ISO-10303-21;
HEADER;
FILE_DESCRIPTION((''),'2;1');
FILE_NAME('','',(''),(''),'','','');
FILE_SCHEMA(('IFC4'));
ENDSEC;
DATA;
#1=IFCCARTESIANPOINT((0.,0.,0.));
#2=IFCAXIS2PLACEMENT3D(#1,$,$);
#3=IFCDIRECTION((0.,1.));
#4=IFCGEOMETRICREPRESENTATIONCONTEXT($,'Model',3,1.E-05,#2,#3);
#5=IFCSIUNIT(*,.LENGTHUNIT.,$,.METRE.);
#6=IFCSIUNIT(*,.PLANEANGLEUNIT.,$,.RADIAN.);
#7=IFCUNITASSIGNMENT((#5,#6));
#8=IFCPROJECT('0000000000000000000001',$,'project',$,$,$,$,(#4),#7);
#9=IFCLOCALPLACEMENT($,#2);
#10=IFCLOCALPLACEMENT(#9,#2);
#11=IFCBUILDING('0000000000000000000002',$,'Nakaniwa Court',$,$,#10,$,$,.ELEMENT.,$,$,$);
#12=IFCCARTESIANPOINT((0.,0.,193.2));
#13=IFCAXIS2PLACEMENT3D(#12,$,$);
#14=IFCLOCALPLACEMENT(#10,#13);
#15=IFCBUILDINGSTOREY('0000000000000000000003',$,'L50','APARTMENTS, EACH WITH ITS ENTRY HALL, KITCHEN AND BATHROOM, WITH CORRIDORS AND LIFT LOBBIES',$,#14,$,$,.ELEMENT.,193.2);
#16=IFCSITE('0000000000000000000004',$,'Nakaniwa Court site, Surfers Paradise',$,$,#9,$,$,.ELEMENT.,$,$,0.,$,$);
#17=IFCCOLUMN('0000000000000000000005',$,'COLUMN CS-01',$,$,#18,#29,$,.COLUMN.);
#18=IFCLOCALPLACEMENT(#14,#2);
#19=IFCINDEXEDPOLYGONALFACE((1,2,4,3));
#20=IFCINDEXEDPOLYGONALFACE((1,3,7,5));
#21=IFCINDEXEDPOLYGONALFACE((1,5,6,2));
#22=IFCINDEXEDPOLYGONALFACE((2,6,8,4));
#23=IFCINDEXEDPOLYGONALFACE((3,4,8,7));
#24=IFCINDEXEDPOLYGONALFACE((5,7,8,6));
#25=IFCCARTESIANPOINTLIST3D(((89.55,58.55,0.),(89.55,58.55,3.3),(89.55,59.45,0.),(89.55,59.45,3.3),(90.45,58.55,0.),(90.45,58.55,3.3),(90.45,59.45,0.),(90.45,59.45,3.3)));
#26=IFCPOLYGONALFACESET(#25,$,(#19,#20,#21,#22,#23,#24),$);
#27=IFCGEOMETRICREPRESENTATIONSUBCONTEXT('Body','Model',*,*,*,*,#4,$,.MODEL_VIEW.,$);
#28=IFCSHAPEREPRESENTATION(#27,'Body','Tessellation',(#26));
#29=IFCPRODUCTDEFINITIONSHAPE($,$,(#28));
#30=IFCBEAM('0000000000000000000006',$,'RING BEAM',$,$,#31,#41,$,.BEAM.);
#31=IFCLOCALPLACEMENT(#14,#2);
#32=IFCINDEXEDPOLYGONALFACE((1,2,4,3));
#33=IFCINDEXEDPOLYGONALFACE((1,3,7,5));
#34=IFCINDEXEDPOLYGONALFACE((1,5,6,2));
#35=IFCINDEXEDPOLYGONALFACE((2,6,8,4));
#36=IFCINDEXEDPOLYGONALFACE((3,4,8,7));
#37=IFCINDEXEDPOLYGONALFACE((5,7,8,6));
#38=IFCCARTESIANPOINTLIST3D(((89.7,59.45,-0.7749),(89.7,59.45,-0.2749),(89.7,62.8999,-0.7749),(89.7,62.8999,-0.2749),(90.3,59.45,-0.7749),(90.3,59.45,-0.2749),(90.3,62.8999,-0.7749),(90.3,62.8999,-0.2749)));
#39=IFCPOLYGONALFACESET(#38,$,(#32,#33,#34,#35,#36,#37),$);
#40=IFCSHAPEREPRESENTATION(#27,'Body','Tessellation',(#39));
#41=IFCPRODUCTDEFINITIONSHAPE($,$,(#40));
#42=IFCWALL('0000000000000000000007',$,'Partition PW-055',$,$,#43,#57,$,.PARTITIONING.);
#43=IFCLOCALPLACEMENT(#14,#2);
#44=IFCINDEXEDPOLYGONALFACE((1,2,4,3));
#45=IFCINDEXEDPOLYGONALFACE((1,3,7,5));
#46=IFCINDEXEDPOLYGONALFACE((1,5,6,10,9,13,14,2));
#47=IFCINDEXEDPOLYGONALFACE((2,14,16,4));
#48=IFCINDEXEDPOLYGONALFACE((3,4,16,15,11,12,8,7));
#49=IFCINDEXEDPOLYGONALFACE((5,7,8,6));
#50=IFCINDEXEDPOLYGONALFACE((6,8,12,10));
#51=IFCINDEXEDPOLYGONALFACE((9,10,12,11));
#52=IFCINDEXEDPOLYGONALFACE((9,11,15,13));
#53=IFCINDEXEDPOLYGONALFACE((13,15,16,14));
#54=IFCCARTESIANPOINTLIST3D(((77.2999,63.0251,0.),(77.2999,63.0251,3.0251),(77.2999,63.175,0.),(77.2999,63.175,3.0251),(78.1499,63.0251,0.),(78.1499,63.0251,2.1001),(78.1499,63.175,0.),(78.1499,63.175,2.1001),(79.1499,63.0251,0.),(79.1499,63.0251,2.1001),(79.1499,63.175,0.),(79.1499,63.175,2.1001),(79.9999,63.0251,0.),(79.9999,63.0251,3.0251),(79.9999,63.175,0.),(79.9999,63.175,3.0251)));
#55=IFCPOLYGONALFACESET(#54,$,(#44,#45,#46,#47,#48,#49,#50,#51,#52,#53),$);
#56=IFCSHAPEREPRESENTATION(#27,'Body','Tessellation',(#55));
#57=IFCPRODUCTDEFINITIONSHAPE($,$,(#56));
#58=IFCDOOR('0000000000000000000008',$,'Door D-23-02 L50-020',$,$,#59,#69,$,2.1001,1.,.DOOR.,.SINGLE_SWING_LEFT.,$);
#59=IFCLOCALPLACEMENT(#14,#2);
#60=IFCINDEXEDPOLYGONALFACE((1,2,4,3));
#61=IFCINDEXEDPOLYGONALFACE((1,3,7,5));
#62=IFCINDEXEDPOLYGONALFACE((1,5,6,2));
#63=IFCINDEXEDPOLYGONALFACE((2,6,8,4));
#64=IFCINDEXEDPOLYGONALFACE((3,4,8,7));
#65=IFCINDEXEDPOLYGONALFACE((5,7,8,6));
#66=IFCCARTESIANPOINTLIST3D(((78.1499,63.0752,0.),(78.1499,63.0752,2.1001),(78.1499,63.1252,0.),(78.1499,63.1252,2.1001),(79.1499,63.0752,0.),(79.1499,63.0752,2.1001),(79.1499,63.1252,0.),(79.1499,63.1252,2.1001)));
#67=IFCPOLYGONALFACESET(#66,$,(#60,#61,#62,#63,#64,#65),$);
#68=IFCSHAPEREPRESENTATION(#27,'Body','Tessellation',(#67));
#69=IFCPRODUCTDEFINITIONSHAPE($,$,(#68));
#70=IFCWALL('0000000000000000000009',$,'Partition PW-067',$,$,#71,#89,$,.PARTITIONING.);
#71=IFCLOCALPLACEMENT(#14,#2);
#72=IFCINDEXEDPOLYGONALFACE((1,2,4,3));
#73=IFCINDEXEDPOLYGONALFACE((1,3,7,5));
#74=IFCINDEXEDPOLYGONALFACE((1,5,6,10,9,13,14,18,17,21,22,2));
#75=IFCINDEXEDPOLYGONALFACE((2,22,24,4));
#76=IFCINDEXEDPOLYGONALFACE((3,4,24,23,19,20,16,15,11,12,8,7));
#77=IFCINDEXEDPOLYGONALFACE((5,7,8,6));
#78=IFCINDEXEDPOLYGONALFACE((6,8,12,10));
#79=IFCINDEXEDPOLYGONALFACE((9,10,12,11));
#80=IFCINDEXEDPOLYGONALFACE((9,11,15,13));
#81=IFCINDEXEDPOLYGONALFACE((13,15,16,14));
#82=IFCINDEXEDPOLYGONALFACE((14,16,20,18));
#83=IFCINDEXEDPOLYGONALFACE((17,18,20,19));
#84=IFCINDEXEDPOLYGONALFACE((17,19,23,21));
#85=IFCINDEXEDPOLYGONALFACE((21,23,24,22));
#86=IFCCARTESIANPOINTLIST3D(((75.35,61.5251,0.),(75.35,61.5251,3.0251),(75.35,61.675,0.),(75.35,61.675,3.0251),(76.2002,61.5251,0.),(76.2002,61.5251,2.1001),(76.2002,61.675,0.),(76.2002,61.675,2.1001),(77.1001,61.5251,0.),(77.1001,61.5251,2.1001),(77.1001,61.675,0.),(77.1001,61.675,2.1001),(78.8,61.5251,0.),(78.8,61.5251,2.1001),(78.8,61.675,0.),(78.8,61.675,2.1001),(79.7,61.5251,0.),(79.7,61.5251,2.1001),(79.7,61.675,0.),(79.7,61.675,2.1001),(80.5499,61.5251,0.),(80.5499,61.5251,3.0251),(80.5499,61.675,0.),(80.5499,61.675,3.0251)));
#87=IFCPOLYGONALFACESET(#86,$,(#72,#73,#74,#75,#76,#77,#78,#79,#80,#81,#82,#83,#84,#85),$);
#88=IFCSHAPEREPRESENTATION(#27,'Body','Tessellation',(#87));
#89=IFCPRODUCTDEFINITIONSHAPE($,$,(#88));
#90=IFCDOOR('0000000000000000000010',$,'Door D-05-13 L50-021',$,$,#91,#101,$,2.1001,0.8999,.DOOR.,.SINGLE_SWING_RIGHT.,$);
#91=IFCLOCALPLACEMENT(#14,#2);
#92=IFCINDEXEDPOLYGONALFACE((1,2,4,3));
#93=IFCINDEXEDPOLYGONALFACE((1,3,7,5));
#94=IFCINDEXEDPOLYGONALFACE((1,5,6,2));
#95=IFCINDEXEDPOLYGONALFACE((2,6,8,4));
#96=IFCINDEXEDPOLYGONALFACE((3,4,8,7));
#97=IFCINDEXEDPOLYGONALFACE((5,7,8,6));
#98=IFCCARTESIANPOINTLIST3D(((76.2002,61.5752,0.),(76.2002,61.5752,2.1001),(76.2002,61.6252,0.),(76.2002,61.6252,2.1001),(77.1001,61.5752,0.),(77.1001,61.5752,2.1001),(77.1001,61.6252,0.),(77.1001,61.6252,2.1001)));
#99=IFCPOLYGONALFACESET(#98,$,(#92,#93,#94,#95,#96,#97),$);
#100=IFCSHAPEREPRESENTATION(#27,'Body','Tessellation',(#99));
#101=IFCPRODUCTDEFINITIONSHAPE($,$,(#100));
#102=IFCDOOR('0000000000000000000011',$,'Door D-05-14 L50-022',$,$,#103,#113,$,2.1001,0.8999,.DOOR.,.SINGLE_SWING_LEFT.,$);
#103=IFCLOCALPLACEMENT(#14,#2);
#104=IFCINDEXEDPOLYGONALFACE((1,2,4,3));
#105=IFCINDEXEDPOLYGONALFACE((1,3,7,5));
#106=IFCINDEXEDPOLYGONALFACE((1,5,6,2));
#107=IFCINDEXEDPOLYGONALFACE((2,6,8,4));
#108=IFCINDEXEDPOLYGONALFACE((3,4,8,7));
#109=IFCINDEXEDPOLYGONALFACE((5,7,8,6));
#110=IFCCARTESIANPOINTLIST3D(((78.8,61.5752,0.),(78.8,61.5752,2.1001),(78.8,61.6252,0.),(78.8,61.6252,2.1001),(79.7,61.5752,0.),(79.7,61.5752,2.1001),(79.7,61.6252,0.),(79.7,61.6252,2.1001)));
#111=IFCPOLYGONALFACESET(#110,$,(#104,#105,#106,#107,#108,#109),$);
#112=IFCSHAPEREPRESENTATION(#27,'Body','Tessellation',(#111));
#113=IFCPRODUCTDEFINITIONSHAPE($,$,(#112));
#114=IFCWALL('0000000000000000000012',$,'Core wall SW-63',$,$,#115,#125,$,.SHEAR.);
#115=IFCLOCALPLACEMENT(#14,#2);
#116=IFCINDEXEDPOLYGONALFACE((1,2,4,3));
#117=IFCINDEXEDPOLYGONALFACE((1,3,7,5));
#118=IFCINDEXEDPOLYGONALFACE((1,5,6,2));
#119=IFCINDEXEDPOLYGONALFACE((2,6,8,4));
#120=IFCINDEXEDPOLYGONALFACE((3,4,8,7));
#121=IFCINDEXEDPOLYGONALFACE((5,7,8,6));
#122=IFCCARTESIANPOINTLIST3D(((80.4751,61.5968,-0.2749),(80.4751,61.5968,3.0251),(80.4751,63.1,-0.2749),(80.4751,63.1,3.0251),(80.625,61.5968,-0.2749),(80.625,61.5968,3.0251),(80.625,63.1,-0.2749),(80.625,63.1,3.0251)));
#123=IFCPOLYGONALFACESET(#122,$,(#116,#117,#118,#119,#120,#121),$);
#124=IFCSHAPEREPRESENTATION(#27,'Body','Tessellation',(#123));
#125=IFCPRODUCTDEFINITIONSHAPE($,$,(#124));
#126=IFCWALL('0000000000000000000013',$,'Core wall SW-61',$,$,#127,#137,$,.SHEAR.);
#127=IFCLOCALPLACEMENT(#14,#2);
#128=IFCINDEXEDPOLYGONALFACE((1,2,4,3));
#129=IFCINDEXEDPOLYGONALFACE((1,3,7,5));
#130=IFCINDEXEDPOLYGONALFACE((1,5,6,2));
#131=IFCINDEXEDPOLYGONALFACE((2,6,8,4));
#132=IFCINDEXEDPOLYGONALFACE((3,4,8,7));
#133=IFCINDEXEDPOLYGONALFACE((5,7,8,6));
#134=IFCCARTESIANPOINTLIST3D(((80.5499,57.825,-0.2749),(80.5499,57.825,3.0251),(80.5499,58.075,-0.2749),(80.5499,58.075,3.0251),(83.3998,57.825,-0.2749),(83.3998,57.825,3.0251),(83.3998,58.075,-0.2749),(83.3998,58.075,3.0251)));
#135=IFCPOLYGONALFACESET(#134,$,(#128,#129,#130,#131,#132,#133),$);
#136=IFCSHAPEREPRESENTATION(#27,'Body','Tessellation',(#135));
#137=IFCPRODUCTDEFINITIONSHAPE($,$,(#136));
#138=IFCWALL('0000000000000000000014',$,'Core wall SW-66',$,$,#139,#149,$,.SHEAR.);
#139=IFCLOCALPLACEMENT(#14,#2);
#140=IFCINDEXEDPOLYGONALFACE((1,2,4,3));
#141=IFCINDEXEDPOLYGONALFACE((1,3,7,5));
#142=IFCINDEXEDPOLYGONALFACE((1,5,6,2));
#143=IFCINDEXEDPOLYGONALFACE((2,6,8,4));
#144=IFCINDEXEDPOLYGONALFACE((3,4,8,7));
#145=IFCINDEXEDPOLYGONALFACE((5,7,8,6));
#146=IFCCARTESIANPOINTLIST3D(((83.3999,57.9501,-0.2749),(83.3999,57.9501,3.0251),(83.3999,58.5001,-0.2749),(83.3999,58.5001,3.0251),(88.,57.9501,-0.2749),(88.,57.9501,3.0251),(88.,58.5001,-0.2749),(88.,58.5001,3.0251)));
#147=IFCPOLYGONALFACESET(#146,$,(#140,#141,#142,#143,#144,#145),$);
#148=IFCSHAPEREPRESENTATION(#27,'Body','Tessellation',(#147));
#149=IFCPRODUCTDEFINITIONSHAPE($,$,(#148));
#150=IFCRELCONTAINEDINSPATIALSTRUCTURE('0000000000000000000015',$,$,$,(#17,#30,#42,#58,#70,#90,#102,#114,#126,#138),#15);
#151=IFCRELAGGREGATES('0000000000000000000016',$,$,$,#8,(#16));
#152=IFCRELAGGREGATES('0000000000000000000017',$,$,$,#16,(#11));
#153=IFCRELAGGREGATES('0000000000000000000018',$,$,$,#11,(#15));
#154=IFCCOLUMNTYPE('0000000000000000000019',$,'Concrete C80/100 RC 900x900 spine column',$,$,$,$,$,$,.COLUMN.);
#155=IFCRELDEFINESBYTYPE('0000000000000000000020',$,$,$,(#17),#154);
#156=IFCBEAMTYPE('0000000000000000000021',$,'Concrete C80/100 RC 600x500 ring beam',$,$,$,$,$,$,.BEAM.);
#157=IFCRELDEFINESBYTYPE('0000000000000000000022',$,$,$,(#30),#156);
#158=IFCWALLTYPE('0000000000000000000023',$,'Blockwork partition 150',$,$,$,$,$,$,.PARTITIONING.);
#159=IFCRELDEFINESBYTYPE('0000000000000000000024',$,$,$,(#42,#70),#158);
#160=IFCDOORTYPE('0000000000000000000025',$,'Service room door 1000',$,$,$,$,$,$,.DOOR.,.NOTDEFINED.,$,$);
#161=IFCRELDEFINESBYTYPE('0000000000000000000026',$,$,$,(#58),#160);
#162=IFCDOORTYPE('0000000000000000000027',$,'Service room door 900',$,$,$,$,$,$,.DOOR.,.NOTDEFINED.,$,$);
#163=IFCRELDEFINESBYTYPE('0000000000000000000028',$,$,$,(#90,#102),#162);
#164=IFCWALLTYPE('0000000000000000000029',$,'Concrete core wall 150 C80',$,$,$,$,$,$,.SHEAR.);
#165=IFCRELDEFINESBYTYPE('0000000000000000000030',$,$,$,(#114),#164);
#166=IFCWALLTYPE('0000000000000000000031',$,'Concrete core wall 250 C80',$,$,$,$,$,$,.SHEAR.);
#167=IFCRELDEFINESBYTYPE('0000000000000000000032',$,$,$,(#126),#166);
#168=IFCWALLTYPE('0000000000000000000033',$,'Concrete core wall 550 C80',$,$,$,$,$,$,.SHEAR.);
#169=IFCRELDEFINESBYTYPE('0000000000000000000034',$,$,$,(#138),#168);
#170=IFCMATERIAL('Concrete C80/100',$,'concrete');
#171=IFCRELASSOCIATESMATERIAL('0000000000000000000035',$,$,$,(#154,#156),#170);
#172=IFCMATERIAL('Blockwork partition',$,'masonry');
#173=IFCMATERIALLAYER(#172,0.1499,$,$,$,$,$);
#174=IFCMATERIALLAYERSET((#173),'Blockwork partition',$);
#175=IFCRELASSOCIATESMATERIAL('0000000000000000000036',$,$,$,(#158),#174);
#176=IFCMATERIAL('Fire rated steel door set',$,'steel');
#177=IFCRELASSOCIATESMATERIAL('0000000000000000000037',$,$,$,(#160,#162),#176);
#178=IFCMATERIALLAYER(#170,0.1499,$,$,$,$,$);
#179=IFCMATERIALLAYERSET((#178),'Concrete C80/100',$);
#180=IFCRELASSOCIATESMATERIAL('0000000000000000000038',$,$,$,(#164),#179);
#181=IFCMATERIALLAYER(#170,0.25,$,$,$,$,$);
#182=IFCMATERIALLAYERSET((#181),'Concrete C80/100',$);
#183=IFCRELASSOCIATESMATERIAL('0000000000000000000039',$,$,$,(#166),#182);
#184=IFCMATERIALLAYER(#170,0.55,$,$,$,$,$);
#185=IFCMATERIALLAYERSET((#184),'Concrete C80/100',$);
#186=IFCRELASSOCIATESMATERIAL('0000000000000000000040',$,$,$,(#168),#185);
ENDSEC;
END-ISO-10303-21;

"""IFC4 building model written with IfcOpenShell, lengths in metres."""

from ifc_helpers import new_model, si_unit, direction, frame, frame_2d, origin, origin_2d, place, context, subcontext, project, spatial, rectangle, extrude, material, layer, layer_set, material_profile, profile_set, type_object, element, fill, save


model = new_model("IFC4")

# Units and contexts
model_context = context("Model", 3, precision=1e-05, world=origin(), true_north=direction((0.0, 1.0)))
body_context = subcontext(model_context, "Body", "Model", "MODEL_VIEW")
ifc_project = project(units=[si_unit("LENGTHUNIT", "METRE"), si_unit("PLANEANGLEUNIT", "RADIAN")], contexts=[model_context])

# Site, building, storey
site_placement = place(None, origin())
site = spatial("IfcSite", under=ifc_project, at=site_placement, Name="Nakaniwa Court site, Surfers Paradise", CompositionType="ELEMENT", RefElevation=0.0)
building_placement = place(site_placement, origin())
building = spatial("IfcBuilding", under=site, at=building_placement, Name="Nakaniwa Court", CompositionType="ELEMENT")
storey_placement = place(building_placement, frame((0.0, 0.0, 193.2)))
storey = spatial("IfcBuildingStorey", under=building, at=storey_placement, Name="L50", Description="APARTMENTS, EACH WITH ITS ENTRY HALL, KITCHEN AND BATHROOM, WITH CORRIDORS AND LIFT LOBBIES", CompositionType="ELEMENT", Elevation=193.2)

# Column
ifc_material_1 = material(Name="Concrete C80/100", Category="concrete")
ifc_material_profile_1 = material_profile(ifc_material_1, rectangle(XDim=0.8999, YDim=0.8999, at=origin_2d()), Name="Concrete C80/100 RC 900x900 spine column")
ifc_profile_set_1 = profile_set([ifc_material_profile_1], Name="Concrete C80/100")
column_type = type_object("IfcColumnType", Name="Concrete C80/100 RC 900x900 spine column", PredefinedType="COLUMN", material=ifc_profile_set_1)
column_placement = place(storey_placement, frame((90.0, 59.0, 0.0), z_axis=(0.0, 0.0, 1.0), x_axis=(0.0, 1.0, 0.0)))
element("IfcColumn", 1, at=column_placement, inside=storey, type_object=column_type, Name="COLUMN CS-01", PredefinedType="COLUMN", context=body_context, shape_type="SweptSolid", body=[
    extrude(rectangle(XDim=0.8999, YDim=0.8999, at=origin_2d()), origin(), (0.0, 0.0, 1.0), 3.3),
])

# Beam
ifc_material_profile_2 = material_profile(ifc_material_1, rectangle(XDim=0.6001, YDim=0.5, at=origin_2d()), Name="Concrete C80/100 RC 600x500 ring beam")
ifc_profile_set_2 = profile_set([ifc_material_profile_2], Name="Concrete C80/100")
beam_type = type_object("IfcBeamType", Name="Concrete C80/100 RC 600x500 ring beam", PredefinedType="BEAM", material=ifc_profile_set_2)
beam_placement = place(storey_placement, frame((90.0, 59.45, -0.5249), z_axis=(0.0, 1.0, 0.0), x_axis=(-1.0, 0.0, 0.0)))
element("IfcBeam", 2, at=beam_placement, inside=storey, type_object=beam_type, Name="RING BEAM", PredefinedType="BEAM", context=body_context, shape_type="SweptSolid", body=[
    extrude(rectangle(XDim=0.6001, YDim=0.5, at=origin_2d()), origin(), (0.0, 0.0, 1.0), 3.45),
])

# Wall, opening, door
ifc_material_2 = material(Name="Blockwork partition", Category="masonry")
ifc_layer_1 = layer(ifc_material_2, 0.1499)
ifc_layer_set_1 = layer_set([ifc_layer_1], Name="Blockwork partition")
wall_type_1 = type_object("IfcWallType", Name="Blockwork partition 150", PredefinedType="PARTITIONING", material=ifc_layer_set_1)
wall_1_placement = place(storey_placement, frame((80.0, 63.1001, 0.0), z_axis=(0.0, 0.0, 1.0), x_axis=(-1.0, 0.0, 0.0)))
wall_1 = element("IfcWall", 3, at=wall_1_placement, inside=storey, type_object=wall_type_1, Name="Partition PW-055", PredefinedType="PARTITIONING", context=body_context, shape_type="SweptSolid", body=[
    extrude(rectangle(XDim=2.7, YDim=0.1499, at=frame_2d((1.3501, 0.0))), origin(), (0.0, 0.0, 1.0), 3.0251),
])
opening_1_placement = place(wall_1_placement, frame((0.8501, 0.0, 0.0)))
opening_1 = element("IfcOpeningElement", 4, at=opening_1_placement, cuts=wall_1, PredefinedType="OPENING", context=body_context, shape_type="SweptSolid", body=[
    extrude(rectangle(XDim=1.0, YDim=2.1001, at=frame_2d((0.5, 1.05))), frame((0.0, 0.085, 0.0), z_axis=(0.0, -1.0, 0.0), x_axis=(1.0, 0.0, 0.0)), (0.0, 0.0, 1.0), 0.1699),
])
ifc_material_3 = material(Name="Fire rated steel door set", Category="steel")
door_type_1 = type_object("IfcDoorType", Name="Service room door 1000", OperationType="NOTDEFINED", PredefinedType="DOOR", material=ifc_material_3)
door_1_placement = place(opening_1_placement, origin())
door_1 = element("IfcDoor", 5, at=door_1_placement, inside=storey, type_object=door_type_1, Name="Door D-23-02 L50-020", OperationType="SINGLE_SWING_LEFT", OverallHeight=2.1001, OverallWidth=1.0, PredefinedType="DOOR", context=body_context, shape_type="SweptSolid", body=[
    extrude(rectangle(XDim=1.0, YDim=2.1001, at=frame_2d((0.5, 1.05))), frame((0.0, 0.0249, 0.0), z_axis=(0.0, -1.0, 0.0), x_axis=(1.0, 0.0, 0.0)), (0.0, 0.0, 1.0), 0.05),
])
fill(opening_1, door_1)

# Wall, openings, doors
wall_2_placement = place(storey_placement, frame((80.55, 61.6001, 0.0), z_axis=(0.0, 0.0, 1.0), x_axis=(-1.0, 0.0, 0.0)))
wall_2 = element("IfcWall", 6, at=wall_2_placement, inside=storey, type_object=wall_type_1, Name="Partition PW-067", PredefinedType="PARTITIONING", context=body_context, shape_type="SweptSolid", body=[
    extrude(rectangle(XDim=5.2, YDim=0.1499, at=frame_2d((2.6001, 0.0))), origin(), (0.0, 0.0, 1.0), 3.0251),
])
opening_2_placement = place(wall_2_placement, frame((3.45, 0.0, 0.0)))
opening_2 = element("IfcOpeningElement", 7, at=opening_2_placement, cuts=wall_2, PredefinedType="OPENING", context=body_context, shape_type="SweptSolid", body=[
    extrude(rectangle(XDim=0.8999, YDim=2.1001, at=frame_2d((0.45, 1.05))), frame((0.0, 0.085, 0.0), z_axis=(0.0, -1.0, 0.0), x_axis=(1.0, 0.0, 0.0)), (0.0, 0.0, 1.0), 0.1699),
])
opening_3_placement = place(wall_2_placement, frame((0.8501, 0.0, 0.0)))
opening_3 = element("IfcOpeningElement", 8, at=opening_3_placement, cuts=wall_2, PredefinedType="OPENING", context=body_context, shape_type="SweptSolid", body=[
    extrude(rectangle(XDim=0.8999, YDim=2.1001, at=frame_2d((0.45, 1.05))), frame((0.0, 0.085, 0.0), z_axis=(0.0, -1.0, 0.0), x_axis=(1.0, 0.0, 0.0)), (0.0, 0.0, 1.0), 0.1699),
])
door_type_2 = type_object("IfcDoorType", Name="Service room door 900", OperationType="NOTDEFINED", PredefinedType="DOOR", material=ifc_material_3)
door_2_placement = place(opening_2_placement, origin())
door_2 = element("IfcDoor", 9, at=door_2_placement, inside=storey, type_object=door_type_2, Name="Door D-05-13 L50-021", OperationType="SINGLE_SWING_RIGHT", OverallHeight=2.1001, OverallWidth=0.8999, PredefinedType="DOOR", context=body_context, shape_type="SweptSolid", body=[
    extrude(rectangle(XDim=0.8999, YDim=2.1001, at=frame_2d((0.45, 1.05))), frame((0.0, 0.0249, 0.0), z_axis=(0.0, -1.0, 0.0), x_axis=(1.0, 0.0, 0.0)), (0.0, 0.0, 1.0), 0.05),
])
fill(opening_2, door_2)
door_3_placement = place(opening_3_placement, origin())
door_3 = element("IfcDoor", 10, at=door_3_placement, inside=storey, type_object=door_type_2, Name="Door D-05-14 L50-022", OperationType="SINGLE_SWING_LEFT", OverallHeight=2.1001, OverallWidth=0.8999, PredefinedType="DOOR", context=body_context, shape_type="SweptSolid", body=[
    extrude(rectangle(XDim=0.8999, YDim=2.1001, at=frame_2d((0.45, 1.05))), frame((0.0, 0.0249, 0.0), z_axis=(0.0, -1.0, 0.0), x_axis=(1.0, 0.0, 0.0)), (0.0, 0.0, 1.0), 0.05),
])
fill(opening_3, door_3)

# Walls
ifc_layer_2 = layer(ifc_material_1, 0.1499)
ifc_layer_set_2 = layer_set([ifc_layer_2], Name="Concrete C80/100")
wall_type_2 = type_object("IfcWallType", Name="Concrete core wall 150 C80", PredefinedType="SHEAR", material=ifc_layer_set_2)
wall_3_placement = place(storey_placement, frame((80.55, 61.5969, -0.2749), z_axis=(0.0, 0.0, 1.0), x_axis=(0.0, 1.0, 0.0)))
element("IfcWall", 11, at=wall_3_placement, inside=storey, type_object=wall_type_2, Name="Core wall SW-63", PredefinedType="SHEAR", context=body_context, shape_type="SweptSolid", body=[
    extrude(rectangle(XDim=1.5032, YDim=0.1499, at=frame_2d((0.7515, 0.0))), origin(), (0.0, 0.0, 1.0), 3.3),
])
ifc_layer_3 = layer(ifc_material_1, 0.25)
ifc_layer_set_3 = layer_set([ifc_layer_3], Name="Concrete C80/100")
wall_type_3 = type_object("IfcWallType", Name="Concrete core wall 250 C80", PredefinedType="SHEAR", material=ifc_layer_set_3)
wall_4_placement = place(storey_placement, frame((80.55, 57.95, -0.2749), z_axis=(0.0, 0.0, 1.0), x_axis=(1.0, 0.0, 0.0)))
element("IfcWall", 12, at=wall_4_placement, inside=storey, type_object=wall_type_3, Name="Core wall SW-61", PredefinedType="SHEAR", context=body_context, shape_type="SweptSolid", body=[
    extrude(rectangle(XDim=2.8499, YDim=0.25, at=frame_2d((1.4248, 0.0))), origin(), (0.0, 0.0, 1.0), 3.3),
])
ifc_layer_4 = layer(ifc_material_1, 0.55)
ifc_layer_set_4 = layer_set([ifc_layer_4], Name="Concrete C80/100")
wall_type_4 = type_object("IfcWallType", Name="Concrete core wall 550 C80", PredefinedType="SHEAR", material=ifc_layer_set_4)
wall_5_placement = place(storey_placement, frame((83.3999, 58.2251, -0.2749), z_axis=(0.0, 0.0, 1.0), x_axis=(1.0, 0.0, 0.0)))
element("IfcWall", 13, at=wall_5_placement, inside=storey, type_object=wall_type_4, Name="Core wall SW-66", PredefinedType="SHEAR", context=body_context, shape_type="SweptSolid", body=[
    extrude(rectangle(XDim=4.6001, YDim=0.55, at=frame_2d((2.3, 0.0))), origin(), (0.0, 0.0, 1.0), 3.3),
])

save(model, "model.ifc")
